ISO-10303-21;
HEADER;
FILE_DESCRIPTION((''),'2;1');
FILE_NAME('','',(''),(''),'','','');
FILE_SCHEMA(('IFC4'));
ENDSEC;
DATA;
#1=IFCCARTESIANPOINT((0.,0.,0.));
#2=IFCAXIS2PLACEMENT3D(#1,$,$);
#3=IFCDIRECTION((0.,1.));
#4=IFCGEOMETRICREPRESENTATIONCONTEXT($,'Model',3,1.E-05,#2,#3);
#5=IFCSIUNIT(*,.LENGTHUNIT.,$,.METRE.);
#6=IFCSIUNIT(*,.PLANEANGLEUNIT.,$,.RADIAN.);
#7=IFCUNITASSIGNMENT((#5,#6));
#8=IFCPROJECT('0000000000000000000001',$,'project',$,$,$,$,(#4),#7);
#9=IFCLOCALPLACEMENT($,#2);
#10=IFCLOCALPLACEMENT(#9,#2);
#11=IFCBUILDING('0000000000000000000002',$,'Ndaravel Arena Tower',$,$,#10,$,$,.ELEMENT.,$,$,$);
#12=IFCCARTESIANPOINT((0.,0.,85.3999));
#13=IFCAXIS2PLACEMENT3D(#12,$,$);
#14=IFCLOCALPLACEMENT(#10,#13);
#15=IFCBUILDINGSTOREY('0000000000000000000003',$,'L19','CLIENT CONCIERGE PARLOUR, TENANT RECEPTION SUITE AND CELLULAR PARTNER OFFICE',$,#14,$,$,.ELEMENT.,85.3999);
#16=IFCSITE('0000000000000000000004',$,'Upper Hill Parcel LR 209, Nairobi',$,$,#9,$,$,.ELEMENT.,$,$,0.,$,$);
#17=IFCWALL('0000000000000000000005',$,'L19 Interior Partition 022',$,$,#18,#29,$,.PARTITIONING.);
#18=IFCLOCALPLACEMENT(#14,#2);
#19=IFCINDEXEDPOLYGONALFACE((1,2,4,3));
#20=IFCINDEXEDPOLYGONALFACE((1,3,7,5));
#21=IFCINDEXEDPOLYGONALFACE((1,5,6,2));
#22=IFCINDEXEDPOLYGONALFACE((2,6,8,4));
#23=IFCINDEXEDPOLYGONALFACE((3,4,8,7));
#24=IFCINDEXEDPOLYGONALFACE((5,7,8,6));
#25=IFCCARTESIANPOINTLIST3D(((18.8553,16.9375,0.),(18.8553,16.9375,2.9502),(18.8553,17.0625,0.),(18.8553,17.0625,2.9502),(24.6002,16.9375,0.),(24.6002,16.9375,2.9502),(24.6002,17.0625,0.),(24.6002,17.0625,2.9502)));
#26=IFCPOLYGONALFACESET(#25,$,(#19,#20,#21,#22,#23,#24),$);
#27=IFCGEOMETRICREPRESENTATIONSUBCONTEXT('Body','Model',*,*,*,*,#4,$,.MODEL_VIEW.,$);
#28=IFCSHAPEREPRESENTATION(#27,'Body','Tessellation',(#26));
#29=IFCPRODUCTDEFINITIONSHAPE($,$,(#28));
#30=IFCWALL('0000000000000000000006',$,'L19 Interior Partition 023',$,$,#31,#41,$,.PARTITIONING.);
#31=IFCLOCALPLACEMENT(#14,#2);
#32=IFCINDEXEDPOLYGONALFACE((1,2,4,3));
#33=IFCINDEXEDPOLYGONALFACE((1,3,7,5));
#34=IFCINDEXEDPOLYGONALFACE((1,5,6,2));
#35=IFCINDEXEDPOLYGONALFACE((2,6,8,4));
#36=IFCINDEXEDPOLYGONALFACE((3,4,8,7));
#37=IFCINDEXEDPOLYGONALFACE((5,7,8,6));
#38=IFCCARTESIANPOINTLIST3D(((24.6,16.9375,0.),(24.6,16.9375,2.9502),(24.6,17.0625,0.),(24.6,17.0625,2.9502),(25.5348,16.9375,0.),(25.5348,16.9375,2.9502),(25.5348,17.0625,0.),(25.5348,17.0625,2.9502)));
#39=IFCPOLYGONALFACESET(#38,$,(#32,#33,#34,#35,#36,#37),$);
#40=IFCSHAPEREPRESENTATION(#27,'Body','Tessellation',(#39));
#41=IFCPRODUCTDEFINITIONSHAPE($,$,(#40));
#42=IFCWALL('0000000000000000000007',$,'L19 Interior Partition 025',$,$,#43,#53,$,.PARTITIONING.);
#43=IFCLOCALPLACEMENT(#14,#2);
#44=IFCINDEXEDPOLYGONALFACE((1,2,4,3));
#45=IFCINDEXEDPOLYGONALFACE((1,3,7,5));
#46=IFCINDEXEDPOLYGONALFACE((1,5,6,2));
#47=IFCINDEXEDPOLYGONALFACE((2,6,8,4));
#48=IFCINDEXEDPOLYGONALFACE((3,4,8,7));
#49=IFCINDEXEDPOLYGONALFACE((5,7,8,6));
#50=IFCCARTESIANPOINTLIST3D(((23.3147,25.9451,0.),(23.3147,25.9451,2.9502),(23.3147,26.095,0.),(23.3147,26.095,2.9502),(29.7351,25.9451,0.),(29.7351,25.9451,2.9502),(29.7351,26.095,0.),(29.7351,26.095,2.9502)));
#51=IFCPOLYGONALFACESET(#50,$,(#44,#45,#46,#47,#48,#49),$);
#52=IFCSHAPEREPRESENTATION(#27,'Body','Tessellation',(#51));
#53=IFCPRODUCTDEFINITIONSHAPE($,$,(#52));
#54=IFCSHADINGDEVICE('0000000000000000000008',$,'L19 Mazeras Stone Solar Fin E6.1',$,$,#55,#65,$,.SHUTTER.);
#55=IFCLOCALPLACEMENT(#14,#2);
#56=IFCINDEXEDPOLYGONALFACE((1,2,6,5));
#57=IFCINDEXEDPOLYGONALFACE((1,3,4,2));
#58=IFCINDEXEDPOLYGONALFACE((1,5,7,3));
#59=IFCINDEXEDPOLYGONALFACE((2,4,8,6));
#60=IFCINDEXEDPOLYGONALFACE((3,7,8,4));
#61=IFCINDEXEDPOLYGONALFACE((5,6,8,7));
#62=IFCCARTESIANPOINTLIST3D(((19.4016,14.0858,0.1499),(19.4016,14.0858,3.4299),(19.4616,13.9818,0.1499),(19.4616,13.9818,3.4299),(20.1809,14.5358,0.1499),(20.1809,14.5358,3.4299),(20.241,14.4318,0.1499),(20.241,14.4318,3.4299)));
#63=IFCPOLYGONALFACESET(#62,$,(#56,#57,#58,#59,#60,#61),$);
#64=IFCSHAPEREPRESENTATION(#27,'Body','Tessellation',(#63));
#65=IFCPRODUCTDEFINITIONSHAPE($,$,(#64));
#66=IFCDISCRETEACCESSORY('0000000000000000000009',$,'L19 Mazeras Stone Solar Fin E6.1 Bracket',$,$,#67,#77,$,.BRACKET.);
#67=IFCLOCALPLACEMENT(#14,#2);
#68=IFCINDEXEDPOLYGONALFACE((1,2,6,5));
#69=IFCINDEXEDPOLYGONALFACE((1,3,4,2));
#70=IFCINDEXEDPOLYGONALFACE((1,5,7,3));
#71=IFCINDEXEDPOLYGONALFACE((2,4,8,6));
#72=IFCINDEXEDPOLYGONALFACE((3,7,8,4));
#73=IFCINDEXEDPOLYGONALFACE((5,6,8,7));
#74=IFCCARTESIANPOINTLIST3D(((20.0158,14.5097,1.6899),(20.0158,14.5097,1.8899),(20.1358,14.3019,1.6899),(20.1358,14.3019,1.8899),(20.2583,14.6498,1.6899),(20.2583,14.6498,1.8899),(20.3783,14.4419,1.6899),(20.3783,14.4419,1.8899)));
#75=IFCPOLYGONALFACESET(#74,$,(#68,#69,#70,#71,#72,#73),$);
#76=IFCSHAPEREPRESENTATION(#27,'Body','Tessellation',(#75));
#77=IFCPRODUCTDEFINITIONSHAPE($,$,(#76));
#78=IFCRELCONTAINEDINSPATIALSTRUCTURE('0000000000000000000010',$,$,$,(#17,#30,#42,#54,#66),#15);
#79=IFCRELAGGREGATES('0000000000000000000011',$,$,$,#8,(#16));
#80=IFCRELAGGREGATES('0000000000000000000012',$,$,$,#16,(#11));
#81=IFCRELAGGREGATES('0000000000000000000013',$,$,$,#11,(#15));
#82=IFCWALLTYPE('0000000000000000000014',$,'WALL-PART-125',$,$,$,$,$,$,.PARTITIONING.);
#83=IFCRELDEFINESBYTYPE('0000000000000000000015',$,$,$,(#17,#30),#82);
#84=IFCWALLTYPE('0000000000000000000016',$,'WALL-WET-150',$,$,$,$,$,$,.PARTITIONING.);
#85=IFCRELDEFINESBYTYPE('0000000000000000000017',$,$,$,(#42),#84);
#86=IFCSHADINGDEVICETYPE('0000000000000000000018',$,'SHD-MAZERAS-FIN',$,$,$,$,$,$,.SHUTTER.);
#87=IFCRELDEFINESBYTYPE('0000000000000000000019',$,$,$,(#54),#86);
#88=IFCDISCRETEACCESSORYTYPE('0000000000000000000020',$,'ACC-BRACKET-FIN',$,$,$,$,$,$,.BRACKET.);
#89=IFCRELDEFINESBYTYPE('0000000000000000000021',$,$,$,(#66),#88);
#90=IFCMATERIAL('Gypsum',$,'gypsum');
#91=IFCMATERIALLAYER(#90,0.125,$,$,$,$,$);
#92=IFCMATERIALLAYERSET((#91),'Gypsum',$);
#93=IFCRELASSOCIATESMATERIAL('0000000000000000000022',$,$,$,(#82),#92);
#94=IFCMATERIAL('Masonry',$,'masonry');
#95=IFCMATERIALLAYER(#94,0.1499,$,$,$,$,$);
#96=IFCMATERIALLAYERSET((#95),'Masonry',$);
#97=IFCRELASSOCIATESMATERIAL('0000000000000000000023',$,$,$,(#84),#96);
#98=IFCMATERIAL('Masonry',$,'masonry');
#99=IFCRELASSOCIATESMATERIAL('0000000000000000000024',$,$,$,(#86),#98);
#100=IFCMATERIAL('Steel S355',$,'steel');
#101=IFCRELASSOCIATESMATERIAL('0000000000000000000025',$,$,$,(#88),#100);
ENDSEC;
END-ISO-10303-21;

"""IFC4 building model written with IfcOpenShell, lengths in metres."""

from ifc_helpers import new_model, si_unit, direction, frame, frame_2d, origin, origin_2d, place, context, subcontext, project, spatial, rectangle, extrude, material, layer, layer_set, type_object, element, save


model = new_model("IFC4")

# Units and contexts
model_context = context("Model", 3, precision=1e-05, world=origin(), true_north=direction((0.0, 1.0)))
body_context = subcontext(model_context, "Body", "Model", "MODEL_VIEW")
ifc_project = project(units=[si_unit("LENGTHUNIT", "METRE"), si_unit("PLANEANGLEUNIT", "RADIAN")], contexts=[model_context])

# Site, building, storey
site_placement = place(None, origin())
site = spatial("IfcSite", under=ifc_project, at=site_placement, Name="Upper Hill Parcel LR 209, Nairobi", CompositionType="ELEMENT", RefElevation=0.0)
building_placement = place(site_placement, origin())
building = spatial("IfcBuilding", under=site, at=building_placement, Name="Ndaravel Arena Tower", CompositionType="ELEMENT")
storey_placement = place(building_placement, frame((0.0, 0.0, 85.3999)))
storey = spatial("IfcBuildingStorey", under=building, at=storey_placement, Name="L19", Description="CLIENT CONCIERGE PARLOUR, TENANT RECEPTION SUITE AND CELLULAR PARTNER OFFICE", CompositionType="ELEMENT", Elevation=85.3999)

# Walls
ifc_material_1 = material(Name="Gypsum", Category="gypsum")
ifc_layer_1 = layer(ifc_material_1, 0.125)
ifc_layer_set_1 = layer_set([ifc_layer_1], Name="Gypsum")
wall_type_1 = type_object("IfcWallType", Name="WALL-PART-125", PredefinedType="PARTITIONING", material=ifc_layer_set_1)
wall_1_placement = place(storey_placement, frame((18.8552, 17.0, 0.0), z_axis=(0.0, 0.0, 1.0), x_axis=(1.0, 0.0, 0.0)))
element("IfcWall", 1, at=wall_1_placement, inside=storey, type_object=wall_type_1, Name="L19 Interior Partition 022", PredefinedType="PARTITIONING", context=body_context, shape_type="SweptSolid", body=[
    extrude(rectangle(XDim=5.7449, YDim=0.125, at=frame_2d((2.8726, 0.0))), origin(), (0.0, 0.0, 1.0), 2.9502),
])
wall_2_placement = place(storey_placement, frame((24.6001, 17.0, 0.0), z_axis=(0.0, 0.0, 1.0), x_axis=(1.0, 0.0, 0.0)))
element("IfcWall", 2, at=wall_2_placement, inside=storey, type_object=wall_type_1, Name="L19 Interior Partition 023", PredefinedType="PARTITIONING", context=body_context, shape_type="SweptSolid", body=[
    extrude(rectangle(XDim=0.9348, YDim=0.125, at=frame_2d((0.4673, 0.0))), origin(), (0.0, 0.0, 1.0), 2.9502),
])
ifc_material_2 = material(Name="Masonry", Category="masonry")
ifc_layer_2 = layer(ifc_material_2, 0.1499)
ifc_layer_set_2 = layer_set([ifc_layer_2], Name="Masonry")
wall_type_2 = type_object("IfcWallType", Name="WALL-WET-150", PredefinedType="PARTITIONING", material=ifc_layer_set_2)
wall_3_placement = place(storey_placement, frame((23.3147, 26.02, 0.0), z_axis=(0.0, 0.0, 1.0), x_axis=(1.0, 0.0, 0.0)))
element("IfcWall", 3, at=wall_3_placement, inside=storey, type_object=wall_type_2, Name="L19 Interior Partition 025", PredefinedType="PARTITIONING", context=body_context, shape_type="SweptSolid", body=[
    extrude(rectangle(XDim=6.4204, YDim=0.1499, at=frame_2d((3.2102, 0.0))), origin(), (0.0, 0.0, 1.0), 2.9502),
])

# Shading device
ifc_material_3 = material(Name="Masonry", Category="masonry")
shading_device_type = type_object("IfcShadingDeviceType", Name="SHD-MAZERAS-FIN", PredefinedType="SHUTTER", material=ifc_material_3)
shading_device_placement = place(storey_placement, frame((19.8213, 14.2588, 0.1499), z_axis=(0.0, 0.0, 1.0), x_axis=(-0.866025, -0.5, 0.0)))
element("IfcShadingDevice", 4, at=shading_device_placement, inside=storey, type_object=shading_device_type, Name="L19 Mazeras Stone Solar Fin E6.1", PredefinedType="SHUTTER", context=body_context, shape_type="SweptSolid", body=[
    extrude(rectangle(XDim=0.8999, YDim=0.1201, at=origin_2d()), origin(), (0.0, 0.0, 1.0), 3.28),
])

# Discrete accessory
ifc_material_4 = material(Name="Steel S355", Category="steel")
discrete_accessory_type = type_object("IfcDiscreteAccessoryType", Name="ACC-BRACKET-FIN", PredefinedType="BRACKET", material=ifc_material_4)
discrete_accessory_placement = place(storey_placement, frame((20.197, 14.4758, 1.6899), z_axis=(0.0, 0.0, 1.0), x_axis=(-0.866025, -0.5, 0.0)))
element("IfcDiscreteAccessory", 5, at=discrete_accessory_placement, inside=storey, type_object=discrete_accessory_type, Name="L19 Mazeras Stone Solar Fin E6.1 Bracket", PredefinedType="BRACKET", context=body_context, shape_type="SweptSolid", body=[
    extrude(rectangle(XDim=0.28, YDim=0.24, at=origin_2d()), origin(), (0.0, 0.0, 1.0), 0.2),
])

save(model, "model.ifc")
